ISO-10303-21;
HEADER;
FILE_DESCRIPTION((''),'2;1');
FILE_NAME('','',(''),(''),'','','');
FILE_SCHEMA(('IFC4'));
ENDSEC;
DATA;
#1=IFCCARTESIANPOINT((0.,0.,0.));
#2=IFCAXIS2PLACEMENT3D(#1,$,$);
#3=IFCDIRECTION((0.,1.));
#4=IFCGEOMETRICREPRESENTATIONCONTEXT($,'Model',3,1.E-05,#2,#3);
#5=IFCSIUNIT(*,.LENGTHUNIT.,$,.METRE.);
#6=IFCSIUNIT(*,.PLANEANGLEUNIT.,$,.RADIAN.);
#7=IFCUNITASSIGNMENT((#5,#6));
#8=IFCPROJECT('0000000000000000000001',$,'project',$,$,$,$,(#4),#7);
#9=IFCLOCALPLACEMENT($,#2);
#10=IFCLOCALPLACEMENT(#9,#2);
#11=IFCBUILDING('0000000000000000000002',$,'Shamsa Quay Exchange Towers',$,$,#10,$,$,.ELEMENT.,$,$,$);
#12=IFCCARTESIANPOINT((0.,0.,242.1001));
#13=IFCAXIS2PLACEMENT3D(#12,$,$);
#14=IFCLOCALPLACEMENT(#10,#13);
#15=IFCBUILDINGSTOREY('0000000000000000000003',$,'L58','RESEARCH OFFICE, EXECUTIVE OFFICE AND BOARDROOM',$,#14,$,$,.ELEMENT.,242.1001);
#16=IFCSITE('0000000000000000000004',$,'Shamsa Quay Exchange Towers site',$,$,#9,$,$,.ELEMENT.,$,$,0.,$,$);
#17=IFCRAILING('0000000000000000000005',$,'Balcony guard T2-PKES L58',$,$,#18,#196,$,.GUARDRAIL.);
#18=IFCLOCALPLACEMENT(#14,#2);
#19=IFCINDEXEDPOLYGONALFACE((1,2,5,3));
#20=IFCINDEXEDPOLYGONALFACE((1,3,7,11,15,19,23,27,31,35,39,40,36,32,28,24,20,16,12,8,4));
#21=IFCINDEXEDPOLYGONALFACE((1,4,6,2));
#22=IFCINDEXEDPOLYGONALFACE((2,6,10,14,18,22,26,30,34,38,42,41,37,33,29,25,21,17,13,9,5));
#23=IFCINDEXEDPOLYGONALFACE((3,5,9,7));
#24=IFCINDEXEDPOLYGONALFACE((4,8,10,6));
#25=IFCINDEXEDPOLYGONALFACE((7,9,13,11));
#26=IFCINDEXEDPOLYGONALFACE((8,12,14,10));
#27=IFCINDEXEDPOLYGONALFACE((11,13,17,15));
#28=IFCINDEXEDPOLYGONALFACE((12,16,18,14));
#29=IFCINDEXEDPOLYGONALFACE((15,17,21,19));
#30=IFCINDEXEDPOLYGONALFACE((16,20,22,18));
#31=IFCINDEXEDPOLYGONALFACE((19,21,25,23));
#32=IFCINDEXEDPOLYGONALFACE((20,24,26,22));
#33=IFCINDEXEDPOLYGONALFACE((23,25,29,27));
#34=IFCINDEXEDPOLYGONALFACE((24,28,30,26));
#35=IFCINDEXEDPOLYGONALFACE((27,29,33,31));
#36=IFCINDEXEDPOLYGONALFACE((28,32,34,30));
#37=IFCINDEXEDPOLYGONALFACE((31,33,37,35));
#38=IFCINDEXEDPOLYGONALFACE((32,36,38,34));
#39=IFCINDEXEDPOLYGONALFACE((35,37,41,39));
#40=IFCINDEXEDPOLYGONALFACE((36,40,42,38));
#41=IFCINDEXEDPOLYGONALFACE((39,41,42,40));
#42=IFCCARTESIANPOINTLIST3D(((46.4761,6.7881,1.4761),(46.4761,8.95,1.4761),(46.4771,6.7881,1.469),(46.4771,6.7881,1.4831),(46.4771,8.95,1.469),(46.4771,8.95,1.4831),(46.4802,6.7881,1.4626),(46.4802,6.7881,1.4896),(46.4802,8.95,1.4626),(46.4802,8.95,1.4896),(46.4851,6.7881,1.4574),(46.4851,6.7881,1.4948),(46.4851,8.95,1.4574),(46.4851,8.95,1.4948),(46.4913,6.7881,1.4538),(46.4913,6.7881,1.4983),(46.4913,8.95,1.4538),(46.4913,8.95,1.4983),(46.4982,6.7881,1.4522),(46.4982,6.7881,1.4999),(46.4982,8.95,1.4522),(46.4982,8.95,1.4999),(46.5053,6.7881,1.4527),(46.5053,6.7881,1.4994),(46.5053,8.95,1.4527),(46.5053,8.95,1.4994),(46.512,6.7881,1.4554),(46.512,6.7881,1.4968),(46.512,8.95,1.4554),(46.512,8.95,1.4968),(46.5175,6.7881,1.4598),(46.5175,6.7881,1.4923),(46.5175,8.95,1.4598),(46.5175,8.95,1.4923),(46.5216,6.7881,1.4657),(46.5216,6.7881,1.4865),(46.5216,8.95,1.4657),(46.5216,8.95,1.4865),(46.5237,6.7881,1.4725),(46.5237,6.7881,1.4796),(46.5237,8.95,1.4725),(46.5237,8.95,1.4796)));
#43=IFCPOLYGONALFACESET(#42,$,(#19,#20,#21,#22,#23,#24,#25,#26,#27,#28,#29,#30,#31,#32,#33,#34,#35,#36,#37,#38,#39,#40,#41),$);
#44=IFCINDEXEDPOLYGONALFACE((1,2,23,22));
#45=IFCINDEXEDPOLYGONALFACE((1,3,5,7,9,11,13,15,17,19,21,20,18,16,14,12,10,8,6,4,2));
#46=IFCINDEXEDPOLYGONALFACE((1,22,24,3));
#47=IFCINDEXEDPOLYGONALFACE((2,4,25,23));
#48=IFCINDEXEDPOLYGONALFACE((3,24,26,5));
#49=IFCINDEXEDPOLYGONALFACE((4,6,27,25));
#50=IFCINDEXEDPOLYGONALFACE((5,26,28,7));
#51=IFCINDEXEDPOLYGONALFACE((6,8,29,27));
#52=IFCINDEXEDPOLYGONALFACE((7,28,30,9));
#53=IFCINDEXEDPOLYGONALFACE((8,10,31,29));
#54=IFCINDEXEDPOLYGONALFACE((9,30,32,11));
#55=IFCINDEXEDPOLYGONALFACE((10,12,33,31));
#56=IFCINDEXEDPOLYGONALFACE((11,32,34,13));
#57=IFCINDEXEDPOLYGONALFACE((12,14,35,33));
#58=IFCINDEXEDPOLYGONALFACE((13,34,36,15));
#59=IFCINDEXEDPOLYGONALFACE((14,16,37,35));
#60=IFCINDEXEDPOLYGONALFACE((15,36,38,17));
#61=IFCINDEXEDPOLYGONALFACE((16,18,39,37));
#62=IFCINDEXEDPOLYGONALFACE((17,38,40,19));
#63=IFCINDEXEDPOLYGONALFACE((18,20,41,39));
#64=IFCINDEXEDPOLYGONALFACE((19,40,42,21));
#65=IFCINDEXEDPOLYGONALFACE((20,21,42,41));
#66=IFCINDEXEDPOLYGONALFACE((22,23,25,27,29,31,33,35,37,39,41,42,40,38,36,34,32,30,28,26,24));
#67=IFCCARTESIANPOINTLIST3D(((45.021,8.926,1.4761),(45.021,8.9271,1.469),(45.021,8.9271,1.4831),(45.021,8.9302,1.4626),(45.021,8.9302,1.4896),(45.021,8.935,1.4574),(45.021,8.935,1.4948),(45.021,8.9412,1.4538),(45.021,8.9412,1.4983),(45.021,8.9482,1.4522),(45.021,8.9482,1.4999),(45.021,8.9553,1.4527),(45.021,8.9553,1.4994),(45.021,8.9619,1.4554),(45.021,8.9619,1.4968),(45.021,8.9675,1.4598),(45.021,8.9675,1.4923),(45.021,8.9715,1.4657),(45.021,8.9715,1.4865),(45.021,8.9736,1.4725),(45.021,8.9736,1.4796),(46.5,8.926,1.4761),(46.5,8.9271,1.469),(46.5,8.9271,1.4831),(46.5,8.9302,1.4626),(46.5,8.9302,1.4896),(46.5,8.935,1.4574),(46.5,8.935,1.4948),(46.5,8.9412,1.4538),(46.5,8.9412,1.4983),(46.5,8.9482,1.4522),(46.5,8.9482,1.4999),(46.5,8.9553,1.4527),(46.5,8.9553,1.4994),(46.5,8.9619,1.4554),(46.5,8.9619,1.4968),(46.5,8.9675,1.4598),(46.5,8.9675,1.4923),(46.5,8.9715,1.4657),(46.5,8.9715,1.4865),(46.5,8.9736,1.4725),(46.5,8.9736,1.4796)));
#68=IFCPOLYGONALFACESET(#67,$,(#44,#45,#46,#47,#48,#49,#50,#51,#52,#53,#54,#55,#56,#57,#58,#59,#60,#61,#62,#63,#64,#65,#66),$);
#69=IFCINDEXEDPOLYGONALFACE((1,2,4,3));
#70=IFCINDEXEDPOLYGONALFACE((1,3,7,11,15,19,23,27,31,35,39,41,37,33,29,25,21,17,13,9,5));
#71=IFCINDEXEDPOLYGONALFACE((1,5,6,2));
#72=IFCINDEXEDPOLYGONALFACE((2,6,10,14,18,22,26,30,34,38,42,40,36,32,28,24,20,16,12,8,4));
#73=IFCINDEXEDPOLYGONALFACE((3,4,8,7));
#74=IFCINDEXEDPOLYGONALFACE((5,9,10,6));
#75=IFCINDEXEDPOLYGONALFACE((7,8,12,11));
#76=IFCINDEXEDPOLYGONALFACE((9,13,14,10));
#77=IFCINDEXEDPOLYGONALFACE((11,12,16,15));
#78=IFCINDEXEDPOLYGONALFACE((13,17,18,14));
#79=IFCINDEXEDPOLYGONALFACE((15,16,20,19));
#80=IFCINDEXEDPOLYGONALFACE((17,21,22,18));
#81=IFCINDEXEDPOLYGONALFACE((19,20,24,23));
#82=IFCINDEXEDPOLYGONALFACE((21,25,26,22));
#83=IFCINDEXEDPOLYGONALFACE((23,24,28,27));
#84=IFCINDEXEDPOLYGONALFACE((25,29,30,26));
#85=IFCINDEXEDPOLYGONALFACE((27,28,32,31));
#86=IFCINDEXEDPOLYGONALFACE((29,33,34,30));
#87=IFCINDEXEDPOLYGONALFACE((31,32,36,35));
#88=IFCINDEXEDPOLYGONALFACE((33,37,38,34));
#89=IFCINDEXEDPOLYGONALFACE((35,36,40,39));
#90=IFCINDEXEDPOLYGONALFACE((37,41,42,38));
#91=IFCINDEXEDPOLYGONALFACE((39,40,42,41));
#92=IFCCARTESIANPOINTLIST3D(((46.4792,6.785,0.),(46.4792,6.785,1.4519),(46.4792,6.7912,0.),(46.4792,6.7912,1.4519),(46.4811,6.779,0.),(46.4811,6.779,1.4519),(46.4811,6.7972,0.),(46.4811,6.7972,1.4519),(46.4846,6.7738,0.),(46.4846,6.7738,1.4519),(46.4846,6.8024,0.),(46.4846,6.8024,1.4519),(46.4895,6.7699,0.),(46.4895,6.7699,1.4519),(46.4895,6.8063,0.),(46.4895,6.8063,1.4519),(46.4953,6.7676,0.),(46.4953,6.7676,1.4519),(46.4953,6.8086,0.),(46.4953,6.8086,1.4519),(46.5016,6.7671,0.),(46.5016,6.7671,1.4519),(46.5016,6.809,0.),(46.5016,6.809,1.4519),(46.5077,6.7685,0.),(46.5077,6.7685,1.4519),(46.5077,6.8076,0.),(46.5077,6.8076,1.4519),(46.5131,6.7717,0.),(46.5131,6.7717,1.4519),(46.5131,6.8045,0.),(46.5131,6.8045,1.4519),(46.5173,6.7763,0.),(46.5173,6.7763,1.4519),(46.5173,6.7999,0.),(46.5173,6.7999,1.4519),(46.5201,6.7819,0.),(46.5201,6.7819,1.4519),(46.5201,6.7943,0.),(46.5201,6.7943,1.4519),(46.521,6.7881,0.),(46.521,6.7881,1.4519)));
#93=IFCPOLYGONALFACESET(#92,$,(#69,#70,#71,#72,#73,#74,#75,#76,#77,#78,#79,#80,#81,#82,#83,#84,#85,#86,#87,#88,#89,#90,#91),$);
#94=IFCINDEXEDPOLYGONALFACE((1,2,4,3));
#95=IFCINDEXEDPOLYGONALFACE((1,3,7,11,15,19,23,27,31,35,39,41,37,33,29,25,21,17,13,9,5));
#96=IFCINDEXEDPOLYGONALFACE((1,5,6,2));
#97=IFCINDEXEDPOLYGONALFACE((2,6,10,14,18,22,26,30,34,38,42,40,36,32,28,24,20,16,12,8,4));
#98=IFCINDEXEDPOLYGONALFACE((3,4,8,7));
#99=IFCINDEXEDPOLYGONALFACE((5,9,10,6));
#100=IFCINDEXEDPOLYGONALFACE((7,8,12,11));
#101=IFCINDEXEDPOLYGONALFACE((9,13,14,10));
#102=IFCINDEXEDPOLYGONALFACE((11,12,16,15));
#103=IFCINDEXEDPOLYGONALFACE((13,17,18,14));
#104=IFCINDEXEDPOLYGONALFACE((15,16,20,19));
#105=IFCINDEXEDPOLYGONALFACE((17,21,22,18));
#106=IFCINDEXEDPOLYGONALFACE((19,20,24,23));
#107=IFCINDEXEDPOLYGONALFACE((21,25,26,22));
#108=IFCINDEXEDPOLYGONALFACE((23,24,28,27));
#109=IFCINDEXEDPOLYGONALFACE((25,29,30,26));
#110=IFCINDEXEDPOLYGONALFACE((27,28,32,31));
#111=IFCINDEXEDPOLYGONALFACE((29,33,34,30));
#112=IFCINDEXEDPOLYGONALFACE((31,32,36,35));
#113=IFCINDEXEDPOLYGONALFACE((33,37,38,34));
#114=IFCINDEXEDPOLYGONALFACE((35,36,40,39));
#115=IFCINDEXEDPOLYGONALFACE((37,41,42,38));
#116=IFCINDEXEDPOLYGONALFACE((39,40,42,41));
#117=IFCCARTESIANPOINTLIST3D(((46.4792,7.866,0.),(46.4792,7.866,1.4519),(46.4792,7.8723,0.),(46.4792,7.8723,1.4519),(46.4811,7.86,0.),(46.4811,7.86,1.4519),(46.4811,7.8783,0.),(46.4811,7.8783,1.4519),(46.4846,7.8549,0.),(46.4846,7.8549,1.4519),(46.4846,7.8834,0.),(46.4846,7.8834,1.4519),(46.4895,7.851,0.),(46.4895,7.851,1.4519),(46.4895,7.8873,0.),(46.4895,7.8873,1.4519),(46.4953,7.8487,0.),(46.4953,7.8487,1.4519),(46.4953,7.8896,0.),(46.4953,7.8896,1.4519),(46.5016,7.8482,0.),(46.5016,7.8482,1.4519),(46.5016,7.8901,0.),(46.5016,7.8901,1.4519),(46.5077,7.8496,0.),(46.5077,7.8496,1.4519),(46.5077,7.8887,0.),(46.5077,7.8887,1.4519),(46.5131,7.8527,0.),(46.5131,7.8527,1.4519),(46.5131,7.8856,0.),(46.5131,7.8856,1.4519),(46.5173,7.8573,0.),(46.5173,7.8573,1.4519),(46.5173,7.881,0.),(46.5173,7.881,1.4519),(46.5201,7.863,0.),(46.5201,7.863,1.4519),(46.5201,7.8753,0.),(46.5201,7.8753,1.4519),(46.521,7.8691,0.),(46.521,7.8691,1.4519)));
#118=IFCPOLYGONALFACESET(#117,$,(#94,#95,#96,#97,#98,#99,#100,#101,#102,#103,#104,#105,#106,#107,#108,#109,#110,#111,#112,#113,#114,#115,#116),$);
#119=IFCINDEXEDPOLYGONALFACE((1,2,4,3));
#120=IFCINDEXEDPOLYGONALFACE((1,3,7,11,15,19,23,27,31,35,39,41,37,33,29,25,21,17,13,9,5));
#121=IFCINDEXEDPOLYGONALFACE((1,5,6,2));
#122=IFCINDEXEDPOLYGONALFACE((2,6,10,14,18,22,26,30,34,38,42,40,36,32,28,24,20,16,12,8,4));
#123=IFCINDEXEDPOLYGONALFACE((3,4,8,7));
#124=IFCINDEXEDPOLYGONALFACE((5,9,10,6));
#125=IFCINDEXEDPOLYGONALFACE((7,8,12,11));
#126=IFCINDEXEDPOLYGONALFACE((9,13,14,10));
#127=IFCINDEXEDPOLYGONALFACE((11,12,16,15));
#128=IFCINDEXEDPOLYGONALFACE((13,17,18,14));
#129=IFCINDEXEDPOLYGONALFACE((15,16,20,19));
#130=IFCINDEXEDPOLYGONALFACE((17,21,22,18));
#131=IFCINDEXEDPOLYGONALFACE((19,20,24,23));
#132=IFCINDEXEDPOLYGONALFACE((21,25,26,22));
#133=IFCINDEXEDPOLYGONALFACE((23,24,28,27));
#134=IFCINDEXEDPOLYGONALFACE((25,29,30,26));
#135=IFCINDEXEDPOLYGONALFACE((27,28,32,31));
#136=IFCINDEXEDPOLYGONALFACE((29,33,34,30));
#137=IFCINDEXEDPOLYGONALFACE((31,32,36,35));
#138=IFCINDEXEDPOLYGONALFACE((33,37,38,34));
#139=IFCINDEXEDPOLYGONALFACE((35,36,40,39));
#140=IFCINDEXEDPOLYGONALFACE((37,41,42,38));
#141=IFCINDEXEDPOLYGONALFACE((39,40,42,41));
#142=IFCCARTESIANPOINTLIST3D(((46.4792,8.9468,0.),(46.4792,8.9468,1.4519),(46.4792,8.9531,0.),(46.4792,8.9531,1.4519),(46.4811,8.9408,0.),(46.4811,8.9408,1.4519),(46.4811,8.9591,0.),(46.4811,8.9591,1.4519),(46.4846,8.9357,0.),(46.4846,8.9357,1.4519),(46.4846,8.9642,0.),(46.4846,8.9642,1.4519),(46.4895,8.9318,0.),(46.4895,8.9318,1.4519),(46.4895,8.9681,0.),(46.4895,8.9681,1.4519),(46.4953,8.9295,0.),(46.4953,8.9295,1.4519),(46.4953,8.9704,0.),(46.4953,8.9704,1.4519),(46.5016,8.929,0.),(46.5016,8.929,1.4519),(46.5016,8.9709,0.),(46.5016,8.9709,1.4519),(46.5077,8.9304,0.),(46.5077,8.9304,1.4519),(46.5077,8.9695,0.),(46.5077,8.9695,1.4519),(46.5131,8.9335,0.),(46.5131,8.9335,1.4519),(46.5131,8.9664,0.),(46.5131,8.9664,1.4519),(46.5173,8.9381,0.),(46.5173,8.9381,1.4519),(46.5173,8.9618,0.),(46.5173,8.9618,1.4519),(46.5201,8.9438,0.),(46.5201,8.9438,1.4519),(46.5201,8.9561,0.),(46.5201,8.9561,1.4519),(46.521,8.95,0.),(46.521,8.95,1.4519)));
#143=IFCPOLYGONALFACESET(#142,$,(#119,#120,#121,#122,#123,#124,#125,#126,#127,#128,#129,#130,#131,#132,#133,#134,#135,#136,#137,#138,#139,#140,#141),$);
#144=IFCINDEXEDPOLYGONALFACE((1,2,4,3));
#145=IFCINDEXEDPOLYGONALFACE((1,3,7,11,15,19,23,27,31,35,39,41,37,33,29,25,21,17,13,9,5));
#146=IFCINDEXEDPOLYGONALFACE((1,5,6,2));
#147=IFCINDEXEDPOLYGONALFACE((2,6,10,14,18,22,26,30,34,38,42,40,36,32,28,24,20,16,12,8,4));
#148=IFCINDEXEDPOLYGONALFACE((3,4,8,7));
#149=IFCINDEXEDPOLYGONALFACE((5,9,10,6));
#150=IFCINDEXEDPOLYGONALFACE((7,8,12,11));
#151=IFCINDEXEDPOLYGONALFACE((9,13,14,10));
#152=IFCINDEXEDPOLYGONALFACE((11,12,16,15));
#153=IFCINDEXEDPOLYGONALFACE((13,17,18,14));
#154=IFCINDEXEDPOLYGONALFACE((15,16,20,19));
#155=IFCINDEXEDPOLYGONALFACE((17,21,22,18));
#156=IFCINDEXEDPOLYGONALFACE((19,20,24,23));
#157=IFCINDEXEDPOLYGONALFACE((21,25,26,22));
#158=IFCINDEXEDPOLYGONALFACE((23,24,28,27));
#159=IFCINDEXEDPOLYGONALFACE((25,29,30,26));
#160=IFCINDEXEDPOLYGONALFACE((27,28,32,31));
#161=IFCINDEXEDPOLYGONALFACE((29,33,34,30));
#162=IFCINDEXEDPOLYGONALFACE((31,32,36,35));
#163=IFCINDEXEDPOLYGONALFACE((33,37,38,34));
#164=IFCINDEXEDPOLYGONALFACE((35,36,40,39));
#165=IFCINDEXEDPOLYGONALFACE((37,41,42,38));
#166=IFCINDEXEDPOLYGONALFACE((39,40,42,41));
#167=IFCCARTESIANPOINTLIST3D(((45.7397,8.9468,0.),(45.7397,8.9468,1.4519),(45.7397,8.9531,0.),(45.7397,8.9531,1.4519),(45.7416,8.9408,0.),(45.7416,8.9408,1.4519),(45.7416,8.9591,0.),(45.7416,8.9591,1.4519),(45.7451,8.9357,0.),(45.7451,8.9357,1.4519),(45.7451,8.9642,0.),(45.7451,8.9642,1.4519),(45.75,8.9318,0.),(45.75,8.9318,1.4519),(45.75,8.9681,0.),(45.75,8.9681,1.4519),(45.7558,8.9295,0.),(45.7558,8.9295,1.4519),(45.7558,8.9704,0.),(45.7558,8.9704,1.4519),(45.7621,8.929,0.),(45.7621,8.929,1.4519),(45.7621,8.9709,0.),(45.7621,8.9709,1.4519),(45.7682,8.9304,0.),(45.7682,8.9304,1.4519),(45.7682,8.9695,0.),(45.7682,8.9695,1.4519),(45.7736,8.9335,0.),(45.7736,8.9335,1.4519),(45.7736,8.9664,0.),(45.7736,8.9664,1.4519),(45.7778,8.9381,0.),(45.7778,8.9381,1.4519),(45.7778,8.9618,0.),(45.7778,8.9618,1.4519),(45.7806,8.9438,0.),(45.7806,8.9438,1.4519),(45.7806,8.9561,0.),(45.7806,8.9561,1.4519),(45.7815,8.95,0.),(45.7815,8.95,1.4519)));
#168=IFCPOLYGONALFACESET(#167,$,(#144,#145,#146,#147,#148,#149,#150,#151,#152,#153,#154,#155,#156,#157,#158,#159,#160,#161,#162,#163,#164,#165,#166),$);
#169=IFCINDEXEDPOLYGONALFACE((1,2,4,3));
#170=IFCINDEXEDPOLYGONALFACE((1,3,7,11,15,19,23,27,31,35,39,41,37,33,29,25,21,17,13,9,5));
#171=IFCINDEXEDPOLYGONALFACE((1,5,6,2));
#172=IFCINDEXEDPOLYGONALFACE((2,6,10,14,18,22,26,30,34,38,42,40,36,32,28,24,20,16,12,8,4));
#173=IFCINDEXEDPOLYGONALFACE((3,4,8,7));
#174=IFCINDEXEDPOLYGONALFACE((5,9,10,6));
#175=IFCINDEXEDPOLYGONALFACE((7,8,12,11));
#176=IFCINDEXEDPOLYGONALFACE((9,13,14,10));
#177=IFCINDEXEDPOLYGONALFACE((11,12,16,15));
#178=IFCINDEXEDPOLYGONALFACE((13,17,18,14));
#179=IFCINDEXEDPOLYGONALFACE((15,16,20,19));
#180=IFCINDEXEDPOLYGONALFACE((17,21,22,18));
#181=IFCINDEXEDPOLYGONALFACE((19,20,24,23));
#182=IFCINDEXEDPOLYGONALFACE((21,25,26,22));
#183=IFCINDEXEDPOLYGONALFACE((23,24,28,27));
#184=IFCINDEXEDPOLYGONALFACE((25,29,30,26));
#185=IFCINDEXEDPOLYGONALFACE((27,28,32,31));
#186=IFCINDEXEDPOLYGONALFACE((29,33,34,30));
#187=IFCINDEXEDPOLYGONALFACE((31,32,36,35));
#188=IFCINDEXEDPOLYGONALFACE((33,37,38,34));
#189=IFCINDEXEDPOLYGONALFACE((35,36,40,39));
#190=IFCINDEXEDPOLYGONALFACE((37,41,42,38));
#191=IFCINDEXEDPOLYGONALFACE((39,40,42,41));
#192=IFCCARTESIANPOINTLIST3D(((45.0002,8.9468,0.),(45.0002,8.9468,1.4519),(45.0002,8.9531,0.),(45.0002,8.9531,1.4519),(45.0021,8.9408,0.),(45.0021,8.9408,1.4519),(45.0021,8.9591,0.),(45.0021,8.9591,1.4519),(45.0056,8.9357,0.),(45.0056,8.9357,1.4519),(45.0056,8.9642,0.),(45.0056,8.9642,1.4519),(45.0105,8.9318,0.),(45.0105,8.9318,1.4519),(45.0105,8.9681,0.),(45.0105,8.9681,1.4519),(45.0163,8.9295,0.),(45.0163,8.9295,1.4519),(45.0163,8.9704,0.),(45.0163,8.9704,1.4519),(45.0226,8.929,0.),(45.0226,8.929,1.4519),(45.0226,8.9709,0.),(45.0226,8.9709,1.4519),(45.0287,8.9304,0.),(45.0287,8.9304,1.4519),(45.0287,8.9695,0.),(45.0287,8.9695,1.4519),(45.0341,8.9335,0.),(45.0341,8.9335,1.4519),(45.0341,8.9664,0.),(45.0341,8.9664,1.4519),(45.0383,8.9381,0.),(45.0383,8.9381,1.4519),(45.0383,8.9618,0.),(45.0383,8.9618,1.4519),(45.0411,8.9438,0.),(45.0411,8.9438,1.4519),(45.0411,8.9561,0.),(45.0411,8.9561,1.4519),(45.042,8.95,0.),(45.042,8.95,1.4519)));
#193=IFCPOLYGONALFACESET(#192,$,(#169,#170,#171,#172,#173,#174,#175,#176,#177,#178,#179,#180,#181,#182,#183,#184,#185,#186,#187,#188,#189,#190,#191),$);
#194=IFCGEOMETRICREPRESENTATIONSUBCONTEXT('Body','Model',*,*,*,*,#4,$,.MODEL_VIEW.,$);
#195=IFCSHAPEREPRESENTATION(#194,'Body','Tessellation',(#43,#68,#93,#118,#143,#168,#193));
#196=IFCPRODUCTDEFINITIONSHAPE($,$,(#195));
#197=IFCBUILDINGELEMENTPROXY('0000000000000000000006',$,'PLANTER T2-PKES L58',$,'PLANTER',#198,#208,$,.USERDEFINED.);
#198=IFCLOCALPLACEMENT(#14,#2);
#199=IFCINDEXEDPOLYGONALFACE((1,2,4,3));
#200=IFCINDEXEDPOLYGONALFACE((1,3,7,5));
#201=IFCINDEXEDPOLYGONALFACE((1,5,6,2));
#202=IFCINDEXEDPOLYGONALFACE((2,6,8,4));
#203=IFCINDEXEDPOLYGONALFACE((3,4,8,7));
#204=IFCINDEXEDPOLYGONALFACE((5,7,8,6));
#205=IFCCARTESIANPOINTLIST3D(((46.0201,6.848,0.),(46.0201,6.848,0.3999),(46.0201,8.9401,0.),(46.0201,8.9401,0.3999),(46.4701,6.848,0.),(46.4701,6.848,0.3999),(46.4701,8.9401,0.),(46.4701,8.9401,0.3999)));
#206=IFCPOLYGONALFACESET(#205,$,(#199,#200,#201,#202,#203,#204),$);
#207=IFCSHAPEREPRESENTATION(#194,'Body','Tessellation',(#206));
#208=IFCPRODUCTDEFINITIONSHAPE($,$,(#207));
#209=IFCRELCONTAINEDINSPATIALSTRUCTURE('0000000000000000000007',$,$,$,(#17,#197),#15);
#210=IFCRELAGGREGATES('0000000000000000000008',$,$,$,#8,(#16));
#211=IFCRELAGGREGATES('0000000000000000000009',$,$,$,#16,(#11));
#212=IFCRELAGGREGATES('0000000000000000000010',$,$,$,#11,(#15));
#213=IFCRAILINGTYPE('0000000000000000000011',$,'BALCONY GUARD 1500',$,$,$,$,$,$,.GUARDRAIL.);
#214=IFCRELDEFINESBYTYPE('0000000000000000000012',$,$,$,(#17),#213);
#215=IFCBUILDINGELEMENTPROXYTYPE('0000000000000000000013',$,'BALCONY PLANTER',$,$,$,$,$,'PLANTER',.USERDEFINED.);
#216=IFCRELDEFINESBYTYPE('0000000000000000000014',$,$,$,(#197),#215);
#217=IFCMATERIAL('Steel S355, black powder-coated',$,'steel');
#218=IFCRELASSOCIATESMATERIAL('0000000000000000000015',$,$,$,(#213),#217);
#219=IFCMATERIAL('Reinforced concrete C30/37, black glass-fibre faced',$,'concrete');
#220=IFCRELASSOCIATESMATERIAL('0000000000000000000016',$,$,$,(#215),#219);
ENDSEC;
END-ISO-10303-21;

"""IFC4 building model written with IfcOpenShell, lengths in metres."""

from ifc_helpers import new_model, si_unit, direction, frame, origin, origin_2d, place, context, subcontext, project, spatial, rectangle, circle, extrude, material, type_object, element, save


model = new_model("IFC4")

# Units and contexts
model_context = context("Model", 3, precision=1e-05, world=origin(), true_north=direction((0.0, 1.0)))
body_context = subcontext(model_context, "Body", "Model", "MODEL_VIEW")
ifc_project = project(units=[si_unit("LENGTHUNIT", "METRE"), si_unit("PLANEANGLEUNIT", "RADIAN")], contexts=[model_context])

# Site, building, storey
site_placement = place(None, origin())
site = spatial("IfcSite", under=ifc_project, at=site_placement, Name="Shamsa Quay Exchange Towers site", CompositionType="ELEMENT", RefElevation=0.0)
building_placement = place(site_placement, origin())
building = spatial("IfcBuilding", under=site, at=building_placement, Name="Shamsa Quay Exchange Towers", CompositionType="ELEMENT")
storey_placement = place(building_placement, frame((0.0, 0.0, 242.1001)))
storey = spatial("IfcBuildingStorey", under=building, at=storey_placement, Name="L58", Description="RESEARCH OFFICE, EXECUTIVE OFFICE AND BOARDROOM", CompositionType="ELEMENT", Elevation=242.1001)

# Railing
ifc_material_1 = material(Name="Steel S355, black powder-coated", Category="steel")
railing_type_1 = type_object("IfcRailingType", Name="BALCONY GUARD 1500", PredefinedType="GUARDRAIL", material=ifc_material_1)
railing_1_placement = place(storey_placement, frame((46.5, 6.7881, 0.0)))
element("IfcRailing", 1, at=railing_1_placement, inside=storey, type_object=railing_type_1, Name="Balcony guard T2-PKES L58", PredefinedType="GUARDRAIL", context=body_context, shape_type="SweptSolid", body=[
    extrude(circle(Radius=0.0239, at=origin_2d()), frame((0.0, 0.0, 1.4761), z_axis=(0.0, 1.0, 0.0), x_axis=(-1.0, 0.0, 0.0)), (0.0, 0.0, 1.0), 2.1619),
    extrude(circle(Radius=0.0239, at=origin_2d()), frame((0.0, 2.1619, 1.4761), z_axis=(-1.0, 0.0, 0.0), x_axis=(0.0, -1.0, 0.0)), (0.0, 0.0, 1.0), 1.479),
    extrude(circle(Radius=0.021, at=origin_2d()), origin(), (0.0, 0.0, 1.0), 1.4519),
    extrude(circle(Radius=0.021, at=origin_2d()), frame((0.0, 1.0811, 0.0)), (0.0, 0.0, 1.0), 1.4519),
    extrude(circle(Radius=0.021, at=origin_2d()), frame((0.0, 2.1619, 0.0)), (0.0, 0.0, 1.0), 1.4519),
    extrude(circle(Radius=0.021, at=origin_2d()), frame((-0.7395, 2.1619, 0.0)), (0.0, 0.0, 1.0), 1.4519),
    extrude(circle(Radius=0.021, at=origin_2d()), frame((-1.479, 2.1619, 0.0)), (0.0, 0.0, 1.0), 1.4519),
])

# Building element proxy
ifc_material_2 = material(Name="Reinforced concrete C30/37, black glass-fibre faced", Category="concrete")
building_element_proxy_type = type_object("IfcBuildingElementProxyType", Name="BALCONY PLANTER", ElementType="PLANTER", PredefinedType="USERDEFINED", material=ifc_material_2)
proxy_placement = place(storey_placement, frame((46.2451, 7.894, 0.0), z_axis=(0.0, 0.0, 1.0), x_axis=(0.0, 1.0, 0.0)))
element("IfcBuildingElementProxy", 2, at=proxy_placement, inside=storey, type_object=building_element_proxy_type, Name="PLANTER T2-PKES L58", ObjectType="PLANTER", PredefinedType="USERDEFINED", context=body_context, shape_type="SweptSolid", body=[
    extrude(rectangle(XDim=2.092, YDim=0.45, at=origin_2d()), origin(), (0.0, 0.0, 1.0), 0.3999),
])

save(model, "model.ifc")
